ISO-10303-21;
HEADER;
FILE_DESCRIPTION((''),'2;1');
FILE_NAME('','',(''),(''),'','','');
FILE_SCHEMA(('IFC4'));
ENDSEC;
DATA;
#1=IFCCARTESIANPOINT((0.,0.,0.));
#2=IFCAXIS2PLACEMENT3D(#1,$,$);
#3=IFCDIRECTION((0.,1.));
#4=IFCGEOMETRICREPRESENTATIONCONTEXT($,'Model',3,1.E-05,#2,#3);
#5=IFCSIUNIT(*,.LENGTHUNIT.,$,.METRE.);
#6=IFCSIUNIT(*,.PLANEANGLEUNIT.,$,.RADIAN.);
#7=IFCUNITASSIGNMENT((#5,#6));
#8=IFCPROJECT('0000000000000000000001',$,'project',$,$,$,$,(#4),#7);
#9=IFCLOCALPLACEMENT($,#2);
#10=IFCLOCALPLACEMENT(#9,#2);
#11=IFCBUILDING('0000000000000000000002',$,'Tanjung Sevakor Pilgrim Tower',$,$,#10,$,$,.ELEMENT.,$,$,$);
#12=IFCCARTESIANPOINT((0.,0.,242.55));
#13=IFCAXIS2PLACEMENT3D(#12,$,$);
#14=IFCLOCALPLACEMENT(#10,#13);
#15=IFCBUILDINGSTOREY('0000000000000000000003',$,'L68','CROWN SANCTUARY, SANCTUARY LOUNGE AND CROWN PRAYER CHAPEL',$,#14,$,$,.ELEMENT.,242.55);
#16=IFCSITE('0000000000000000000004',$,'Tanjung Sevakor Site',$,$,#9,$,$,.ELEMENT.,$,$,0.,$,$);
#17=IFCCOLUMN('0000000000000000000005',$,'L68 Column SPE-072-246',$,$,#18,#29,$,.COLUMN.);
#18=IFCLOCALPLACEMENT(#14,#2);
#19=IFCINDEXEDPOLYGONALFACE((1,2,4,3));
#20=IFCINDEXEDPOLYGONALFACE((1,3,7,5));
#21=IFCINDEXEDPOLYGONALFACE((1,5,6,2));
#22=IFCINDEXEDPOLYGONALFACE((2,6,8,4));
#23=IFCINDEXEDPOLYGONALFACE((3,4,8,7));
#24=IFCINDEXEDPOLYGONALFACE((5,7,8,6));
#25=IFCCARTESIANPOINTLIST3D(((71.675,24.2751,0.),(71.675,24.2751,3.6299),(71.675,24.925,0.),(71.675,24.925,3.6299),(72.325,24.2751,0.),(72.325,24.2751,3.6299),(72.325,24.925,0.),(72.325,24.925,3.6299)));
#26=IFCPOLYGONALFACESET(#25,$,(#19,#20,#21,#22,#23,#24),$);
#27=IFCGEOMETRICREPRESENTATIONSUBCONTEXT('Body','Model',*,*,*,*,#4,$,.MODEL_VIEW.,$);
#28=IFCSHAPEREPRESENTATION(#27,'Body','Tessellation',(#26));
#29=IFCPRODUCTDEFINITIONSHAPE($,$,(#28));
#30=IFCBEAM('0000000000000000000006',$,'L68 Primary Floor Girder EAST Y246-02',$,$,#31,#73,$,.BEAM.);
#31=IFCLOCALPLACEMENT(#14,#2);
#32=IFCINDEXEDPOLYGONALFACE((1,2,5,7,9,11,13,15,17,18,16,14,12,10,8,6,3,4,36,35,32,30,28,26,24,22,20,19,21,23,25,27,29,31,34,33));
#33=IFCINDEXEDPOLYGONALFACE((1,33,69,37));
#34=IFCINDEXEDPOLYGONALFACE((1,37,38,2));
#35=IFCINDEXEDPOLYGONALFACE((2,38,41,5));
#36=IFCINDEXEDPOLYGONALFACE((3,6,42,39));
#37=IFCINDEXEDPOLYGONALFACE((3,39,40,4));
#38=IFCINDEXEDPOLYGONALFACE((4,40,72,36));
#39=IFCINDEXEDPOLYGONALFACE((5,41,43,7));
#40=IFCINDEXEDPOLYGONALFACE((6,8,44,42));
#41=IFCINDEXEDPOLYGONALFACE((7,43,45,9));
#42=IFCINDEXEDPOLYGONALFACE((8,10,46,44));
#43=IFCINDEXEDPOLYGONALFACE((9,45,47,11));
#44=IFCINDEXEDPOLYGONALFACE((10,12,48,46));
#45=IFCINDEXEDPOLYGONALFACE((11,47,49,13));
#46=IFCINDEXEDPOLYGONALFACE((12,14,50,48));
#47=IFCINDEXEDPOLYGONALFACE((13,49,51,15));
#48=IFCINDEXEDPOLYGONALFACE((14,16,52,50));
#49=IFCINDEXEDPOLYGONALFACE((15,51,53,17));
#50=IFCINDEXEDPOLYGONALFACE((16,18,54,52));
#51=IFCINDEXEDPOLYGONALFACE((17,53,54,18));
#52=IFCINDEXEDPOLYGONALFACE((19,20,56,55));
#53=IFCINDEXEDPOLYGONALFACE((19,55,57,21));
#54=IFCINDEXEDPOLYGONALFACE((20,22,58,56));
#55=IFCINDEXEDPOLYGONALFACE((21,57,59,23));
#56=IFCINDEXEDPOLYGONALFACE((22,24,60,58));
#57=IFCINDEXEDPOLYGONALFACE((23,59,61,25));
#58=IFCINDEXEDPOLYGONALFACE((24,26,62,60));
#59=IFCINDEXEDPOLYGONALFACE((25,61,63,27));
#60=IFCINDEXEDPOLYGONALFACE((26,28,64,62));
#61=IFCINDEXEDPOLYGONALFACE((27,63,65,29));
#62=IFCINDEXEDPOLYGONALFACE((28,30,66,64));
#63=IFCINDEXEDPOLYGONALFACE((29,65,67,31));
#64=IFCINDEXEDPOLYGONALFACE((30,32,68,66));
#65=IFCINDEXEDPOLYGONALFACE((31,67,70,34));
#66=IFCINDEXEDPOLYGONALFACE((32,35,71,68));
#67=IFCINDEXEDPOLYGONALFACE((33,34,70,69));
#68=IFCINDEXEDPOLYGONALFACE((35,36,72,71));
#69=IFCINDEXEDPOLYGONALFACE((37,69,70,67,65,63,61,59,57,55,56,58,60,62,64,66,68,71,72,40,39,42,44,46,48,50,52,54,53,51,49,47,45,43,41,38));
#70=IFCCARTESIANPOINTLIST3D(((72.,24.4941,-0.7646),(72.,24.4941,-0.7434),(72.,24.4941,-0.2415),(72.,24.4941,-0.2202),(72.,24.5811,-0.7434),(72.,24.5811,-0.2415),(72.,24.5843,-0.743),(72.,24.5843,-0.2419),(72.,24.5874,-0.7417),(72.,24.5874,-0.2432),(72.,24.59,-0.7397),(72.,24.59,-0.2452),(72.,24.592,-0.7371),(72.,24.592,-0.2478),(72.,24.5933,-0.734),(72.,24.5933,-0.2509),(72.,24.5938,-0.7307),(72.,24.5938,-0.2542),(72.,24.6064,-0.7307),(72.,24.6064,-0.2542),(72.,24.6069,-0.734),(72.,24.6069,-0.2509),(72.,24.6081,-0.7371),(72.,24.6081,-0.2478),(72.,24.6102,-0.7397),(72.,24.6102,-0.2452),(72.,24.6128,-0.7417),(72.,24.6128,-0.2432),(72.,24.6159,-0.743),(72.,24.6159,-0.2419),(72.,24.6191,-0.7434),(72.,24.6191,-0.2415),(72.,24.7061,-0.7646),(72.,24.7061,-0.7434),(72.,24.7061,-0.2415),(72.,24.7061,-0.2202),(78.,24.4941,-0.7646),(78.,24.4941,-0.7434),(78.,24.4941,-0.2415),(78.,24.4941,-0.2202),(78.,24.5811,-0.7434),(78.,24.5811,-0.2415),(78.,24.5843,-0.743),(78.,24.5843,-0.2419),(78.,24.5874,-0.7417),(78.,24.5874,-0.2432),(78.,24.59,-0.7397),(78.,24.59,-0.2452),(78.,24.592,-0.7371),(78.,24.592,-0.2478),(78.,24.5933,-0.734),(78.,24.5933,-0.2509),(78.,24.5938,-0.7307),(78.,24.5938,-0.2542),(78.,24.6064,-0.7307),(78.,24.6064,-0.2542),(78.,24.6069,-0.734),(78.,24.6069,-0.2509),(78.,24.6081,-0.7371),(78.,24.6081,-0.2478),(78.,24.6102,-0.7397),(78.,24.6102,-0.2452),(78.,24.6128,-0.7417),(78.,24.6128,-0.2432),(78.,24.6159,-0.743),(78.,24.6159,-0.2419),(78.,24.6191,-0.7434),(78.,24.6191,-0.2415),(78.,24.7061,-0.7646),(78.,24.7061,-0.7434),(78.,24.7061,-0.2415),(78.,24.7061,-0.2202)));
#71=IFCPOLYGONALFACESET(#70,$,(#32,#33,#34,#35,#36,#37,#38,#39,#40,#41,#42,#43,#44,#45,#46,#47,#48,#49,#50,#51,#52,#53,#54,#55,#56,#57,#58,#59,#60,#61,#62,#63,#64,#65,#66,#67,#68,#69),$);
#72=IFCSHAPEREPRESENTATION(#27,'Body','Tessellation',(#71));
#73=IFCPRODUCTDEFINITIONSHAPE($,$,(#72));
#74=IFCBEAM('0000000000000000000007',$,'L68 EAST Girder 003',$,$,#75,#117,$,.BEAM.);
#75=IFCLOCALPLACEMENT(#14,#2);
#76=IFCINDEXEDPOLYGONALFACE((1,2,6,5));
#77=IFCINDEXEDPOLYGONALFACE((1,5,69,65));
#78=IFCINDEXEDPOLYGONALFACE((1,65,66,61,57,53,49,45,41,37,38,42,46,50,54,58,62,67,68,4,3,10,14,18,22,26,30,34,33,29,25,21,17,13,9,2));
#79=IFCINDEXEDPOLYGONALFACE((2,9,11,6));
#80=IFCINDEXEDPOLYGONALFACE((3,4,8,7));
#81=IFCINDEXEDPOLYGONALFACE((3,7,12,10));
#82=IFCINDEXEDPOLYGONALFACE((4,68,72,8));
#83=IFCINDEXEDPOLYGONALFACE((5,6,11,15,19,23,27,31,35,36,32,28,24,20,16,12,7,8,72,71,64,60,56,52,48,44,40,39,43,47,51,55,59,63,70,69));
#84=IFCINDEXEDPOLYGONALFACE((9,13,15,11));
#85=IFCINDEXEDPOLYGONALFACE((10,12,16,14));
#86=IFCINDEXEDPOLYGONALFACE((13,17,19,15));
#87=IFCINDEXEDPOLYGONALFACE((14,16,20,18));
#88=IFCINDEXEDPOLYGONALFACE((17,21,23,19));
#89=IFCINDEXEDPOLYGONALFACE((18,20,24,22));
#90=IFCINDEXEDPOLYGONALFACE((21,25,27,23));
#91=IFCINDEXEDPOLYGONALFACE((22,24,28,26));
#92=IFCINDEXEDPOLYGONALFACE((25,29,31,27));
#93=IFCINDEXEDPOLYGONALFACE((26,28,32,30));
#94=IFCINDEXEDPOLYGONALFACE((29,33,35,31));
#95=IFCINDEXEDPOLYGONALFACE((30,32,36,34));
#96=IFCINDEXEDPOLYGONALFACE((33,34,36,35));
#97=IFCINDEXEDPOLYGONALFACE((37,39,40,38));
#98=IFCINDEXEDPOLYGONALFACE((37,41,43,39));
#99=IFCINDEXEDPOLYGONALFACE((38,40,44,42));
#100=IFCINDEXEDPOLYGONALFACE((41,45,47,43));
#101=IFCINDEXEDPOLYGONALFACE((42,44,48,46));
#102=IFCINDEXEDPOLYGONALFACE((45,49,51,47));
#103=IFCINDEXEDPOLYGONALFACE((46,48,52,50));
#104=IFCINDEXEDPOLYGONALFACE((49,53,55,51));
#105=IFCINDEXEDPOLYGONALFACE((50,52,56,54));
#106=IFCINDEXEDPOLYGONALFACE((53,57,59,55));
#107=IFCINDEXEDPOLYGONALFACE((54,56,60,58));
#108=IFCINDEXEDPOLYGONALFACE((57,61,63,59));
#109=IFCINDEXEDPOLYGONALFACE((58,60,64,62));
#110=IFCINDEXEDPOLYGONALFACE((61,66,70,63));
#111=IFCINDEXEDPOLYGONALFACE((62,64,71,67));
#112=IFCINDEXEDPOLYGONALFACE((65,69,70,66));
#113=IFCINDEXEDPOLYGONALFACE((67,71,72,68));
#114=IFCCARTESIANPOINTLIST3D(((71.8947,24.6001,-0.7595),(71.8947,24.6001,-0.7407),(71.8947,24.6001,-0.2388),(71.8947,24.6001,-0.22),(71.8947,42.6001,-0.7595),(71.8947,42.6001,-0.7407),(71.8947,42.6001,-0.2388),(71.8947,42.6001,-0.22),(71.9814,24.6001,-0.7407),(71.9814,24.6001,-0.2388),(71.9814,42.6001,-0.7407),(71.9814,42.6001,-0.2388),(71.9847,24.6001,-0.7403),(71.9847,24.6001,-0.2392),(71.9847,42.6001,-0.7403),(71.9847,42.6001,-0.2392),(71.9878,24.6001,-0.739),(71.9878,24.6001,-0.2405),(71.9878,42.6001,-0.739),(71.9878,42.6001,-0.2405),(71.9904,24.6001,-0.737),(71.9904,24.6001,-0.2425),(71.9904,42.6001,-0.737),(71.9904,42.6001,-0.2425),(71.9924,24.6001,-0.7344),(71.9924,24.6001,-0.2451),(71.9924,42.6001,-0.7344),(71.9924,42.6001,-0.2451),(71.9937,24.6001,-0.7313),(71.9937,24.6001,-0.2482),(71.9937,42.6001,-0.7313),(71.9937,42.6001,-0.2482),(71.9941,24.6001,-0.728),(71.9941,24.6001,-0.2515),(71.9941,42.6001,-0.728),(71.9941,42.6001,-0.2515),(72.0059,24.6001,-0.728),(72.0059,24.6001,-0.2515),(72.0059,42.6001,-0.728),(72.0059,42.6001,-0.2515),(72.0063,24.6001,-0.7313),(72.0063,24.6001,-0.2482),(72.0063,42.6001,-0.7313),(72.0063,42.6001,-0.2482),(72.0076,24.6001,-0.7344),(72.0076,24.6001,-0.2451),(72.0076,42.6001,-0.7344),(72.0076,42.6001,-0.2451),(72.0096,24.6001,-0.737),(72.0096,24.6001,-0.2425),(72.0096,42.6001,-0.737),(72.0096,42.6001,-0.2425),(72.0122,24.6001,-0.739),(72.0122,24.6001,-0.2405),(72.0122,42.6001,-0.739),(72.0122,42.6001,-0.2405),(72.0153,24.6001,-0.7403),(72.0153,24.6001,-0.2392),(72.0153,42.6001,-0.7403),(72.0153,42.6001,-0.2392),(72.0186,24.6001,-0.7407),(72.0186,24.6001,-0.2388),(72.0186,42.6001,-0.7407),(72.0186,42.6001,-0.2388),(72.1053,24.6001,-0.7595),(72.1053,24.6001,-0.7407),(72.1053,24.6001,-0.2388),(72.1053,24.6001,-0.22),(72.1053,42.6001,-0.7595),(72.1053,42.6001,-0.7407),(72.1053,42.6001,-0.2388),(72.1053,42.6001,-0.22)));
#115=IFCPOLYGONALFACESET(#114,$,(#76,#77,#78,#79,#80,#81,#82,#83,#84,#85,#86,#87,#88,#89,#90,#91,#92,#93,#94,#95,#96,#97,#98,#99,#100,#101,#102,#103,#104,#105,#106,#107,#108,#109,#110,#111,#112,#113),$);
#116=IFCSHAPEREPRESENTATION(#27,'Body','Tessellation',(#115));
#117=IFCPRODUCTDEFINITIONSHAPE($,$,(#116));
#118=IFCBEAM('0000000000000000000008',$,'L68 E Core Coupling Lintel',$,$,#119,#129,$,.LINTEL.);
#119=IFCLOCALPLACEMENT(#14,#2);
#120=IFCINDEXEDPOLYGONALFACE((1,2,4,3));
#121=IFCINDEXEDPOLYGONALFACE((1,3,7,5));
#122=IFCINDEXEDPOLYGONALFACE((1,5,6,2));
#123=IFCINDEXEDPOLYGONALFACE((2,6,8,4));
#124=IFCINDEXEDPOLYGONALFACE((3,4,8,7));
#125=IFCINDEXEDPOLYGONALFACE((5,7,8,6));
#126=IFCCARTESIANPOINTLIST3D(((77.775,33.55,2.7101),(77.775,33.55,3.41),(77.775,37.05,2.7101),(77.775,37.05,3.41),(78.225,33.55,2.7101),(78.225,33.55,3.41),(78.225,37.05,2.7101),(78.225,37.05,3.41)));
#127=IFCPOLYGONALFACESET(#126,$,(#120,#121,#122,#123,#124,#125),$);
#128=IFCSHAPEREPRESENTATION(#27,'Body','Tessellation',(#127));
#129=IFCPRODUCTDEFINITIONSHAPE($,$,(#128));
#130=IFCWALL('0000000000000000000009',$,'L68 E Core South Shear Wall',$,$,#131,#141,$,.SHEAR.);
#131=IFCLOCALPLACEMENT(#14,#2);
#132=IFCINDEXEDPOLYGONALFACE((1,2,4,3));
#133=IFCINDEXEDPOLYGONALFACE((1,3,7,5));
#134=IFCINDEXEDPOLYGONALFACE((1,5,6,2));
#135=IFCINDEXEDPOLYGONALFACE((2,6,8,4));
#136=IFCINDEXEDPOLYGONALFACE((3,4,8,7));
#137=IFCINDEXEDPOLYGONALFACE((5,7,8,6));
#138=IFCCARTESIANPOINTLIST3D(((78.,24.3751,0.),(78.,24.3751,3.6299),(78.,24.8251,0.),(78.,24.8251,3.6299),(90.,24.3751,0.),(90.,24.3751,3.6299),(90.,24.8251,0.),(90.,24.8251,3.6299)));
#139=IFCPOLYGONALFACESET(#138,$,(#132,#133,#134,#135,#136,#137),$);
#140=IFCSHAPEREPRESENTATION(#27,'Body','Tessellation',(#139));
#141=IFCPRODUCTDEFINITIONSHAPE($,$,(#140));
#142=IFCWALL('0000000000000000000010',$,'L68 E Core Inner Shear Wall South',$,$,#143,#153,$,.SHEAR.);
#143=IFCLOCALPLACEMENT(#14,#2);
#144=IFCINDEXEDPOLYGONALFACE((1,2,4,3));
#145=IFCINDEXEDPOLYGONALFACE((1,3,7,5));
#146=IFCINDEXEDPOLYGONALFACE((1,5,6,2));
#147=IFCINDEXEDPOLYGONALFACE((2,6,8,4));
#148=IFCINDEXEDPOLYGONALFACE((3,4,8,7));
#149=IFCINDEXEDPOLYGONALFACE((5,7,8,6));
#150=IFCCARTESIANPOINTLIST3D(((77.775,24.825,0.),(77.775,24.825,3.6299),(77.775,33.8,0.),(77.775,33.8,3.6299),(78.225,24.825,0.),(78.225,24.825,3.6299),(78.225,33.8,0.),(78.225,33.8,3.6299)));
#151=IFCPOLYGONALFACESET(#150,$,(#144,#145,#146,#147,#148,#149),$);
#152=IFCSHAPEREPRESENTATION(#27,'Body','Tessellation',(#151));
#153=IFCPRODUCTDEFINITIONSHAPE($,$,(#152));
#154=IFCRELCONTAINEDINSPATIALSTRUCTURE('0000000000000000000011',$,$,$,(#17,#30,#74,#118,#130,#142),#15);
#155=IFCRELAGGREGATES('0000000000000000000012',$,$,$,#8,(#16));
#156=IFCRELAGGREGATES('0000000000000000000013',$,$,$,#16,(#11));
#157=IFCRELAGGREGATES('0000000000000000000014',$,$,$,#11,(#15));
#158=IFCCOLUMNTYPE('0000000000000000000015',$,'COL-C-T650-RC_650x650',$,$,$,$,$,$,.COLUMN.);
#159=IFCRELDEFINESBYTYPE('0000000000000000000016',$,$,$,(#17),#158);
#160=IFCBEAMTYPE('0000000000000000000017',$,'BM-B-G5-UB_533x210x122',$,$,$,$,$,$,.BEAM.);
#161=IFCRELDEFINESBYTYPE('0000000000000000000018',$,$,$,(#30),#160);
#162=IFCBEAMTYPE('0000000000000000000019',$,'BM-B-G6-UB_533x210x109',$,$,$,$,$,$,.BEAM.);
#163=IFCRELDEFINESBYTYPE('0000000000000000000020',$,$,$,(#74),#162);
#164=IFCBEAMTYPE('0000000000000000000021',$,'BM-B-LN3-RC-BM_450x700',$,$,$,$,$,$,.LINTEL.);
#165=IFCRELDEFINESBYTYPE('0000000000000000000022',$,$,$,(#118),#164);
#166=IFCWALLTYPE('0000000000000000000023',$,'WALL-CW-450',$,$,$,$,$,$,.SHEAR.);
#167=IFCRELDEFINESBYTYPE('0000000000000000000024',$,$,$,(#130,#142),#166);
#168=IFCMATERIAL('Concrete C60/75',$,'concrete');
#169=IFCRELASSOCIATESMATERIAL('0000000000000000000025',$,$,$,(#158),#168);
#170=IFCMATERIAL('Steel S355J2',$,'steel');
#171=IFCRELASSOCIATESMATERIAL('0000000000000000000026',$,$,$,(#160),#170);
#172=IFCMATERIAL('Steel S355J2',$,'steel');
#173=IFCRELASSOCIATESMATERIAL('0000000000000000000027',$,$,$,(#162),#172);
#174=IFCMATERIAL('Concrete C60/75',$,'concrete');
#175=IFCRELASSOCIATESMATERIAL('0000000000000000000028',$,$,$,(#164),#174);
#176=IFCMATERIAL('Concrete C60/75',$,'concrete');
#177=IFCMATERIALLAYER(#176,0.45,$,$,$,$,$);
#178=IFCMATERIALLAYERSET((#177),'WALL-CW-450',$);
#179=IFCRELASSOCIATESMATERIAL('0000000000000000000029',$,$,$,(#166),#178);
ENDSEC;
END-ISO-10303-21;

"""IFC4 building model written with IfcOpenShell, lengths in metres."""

from ifc_helpers import new_model, si_unit, direction, frame, frame_2d, origin, origin_2d, place, context, subcontext, project, spatial, rectangle, i_section, extrude, material, layer, layer_set, material_profile, profile_set, type_object, element, save


model = new_model("IFC4")

# Units and contexts
model_context = context("Model", 3, precision=1e-05, world=origin(), true_north=direction((0.0, 1.0)))
body_context = subcontext(model_context, "Body", "Model", "MODEL_VIEW")
ifc_project = project(units=[si_unit("LENGTHUNIT", "METRE"), si_unit("PLANEANGLEUNIT", "RADIAN")], contexts=[model_context])

# Site, building, storey
site_placement = place(None, origin())
site = spatial("IfcSite", under=ifc_project, at=site_placement, Name="Tanjung Sevakor Site", CompositionType="ELEMENT", RefElevation=0.0)
building_placement = place(site_placement, origin())
building = spatial("IfcBuilding", under=site, at=building_placement, Name="Tanjung Sevakor Pilgrim Tower", CompositionType="ELEMENT")
storey_placement = place(building_placement, frame((0.0, 0.0, 242.55)))
storey = spatial("IfcBuildingStorey", under=building, at=storey_placement, Name="L68", Description="CROWN SANCTUARY, SANCTUARY LOUNGE AND CROWN PRAYER CHAPEL", CompositionType="ELEMENT", Elevation=242.55)

# Column
ifc_material_1 = material(Name="Concrete C60/75", Category="concrete")
ifc_material_profile_1 = material_profile(ifc_material_1, rectangle(XDim=0.6499, YDim=0.6499, at=origin_2d()))
ifc_profile_set_1 = profile_set([ifc_material_profile_1], Name="Concrete C60/75")
column_type = type_object("IfcColumnType", Name="COL-C-T650-RC_650x650", PredefinedType="COLUMN", material=ifc_profile_set_1)
column_placement = place(storey_placement, frame((72.0, 24.6001, 0.0), z_axis=(0.0, 0.0, 1.0), x_axis=(1.0, 0.0, 0.0)))
element("IfcColumn", 1, at=column_placement, inside=storey, type_object=column_type, Name="L68 Column SPE-072-246", PredefinedType="COLUMN", context=body_context, shape_type="SweptSolid", body=[
    extrude(rectangle(XDim=0.6499, YDim=0.6499, at=origin_2d()), origin(), (0.0, 0.0, 1.0), 3.6299),
])

# Beams
ifc_material_2 = material(Name="Steel S355J2", Category="steel")
ifc_material_profile_2 = material_profile(ifc_material_2, i_section(OverallWidth=0.2119, OverallDepth=0.5444, WebThickness=0.0127, FlangeThickness=0.0212, FilletRadius=0.0127, at=origin_2d()))
ifc_profile_set_2 = profile_set([ifc_material_profile_2], Name="Steel S355J2")
beam_type_1 = type_object("IfcBeamType", Name="BM-B-G5-UB_533x210x122", PredefinedType="BEAM", material=ifc_profile_set_2)
beam_1_placement = place(storey_placement, frame((72.0, 24.6001, -0.4924), z_axis=(1.0, 0.0, 0.0), x_axis=(0.0, 1.0, 0.0)))
element("IfcBeam", 2, at=beam_1_placement, inside=storey, type_object=beam_type_1, Name="L68 Primary Floor Girder EAST Y246-02", PredefinedType="BEAM", context=body_context, shape_type="SweptSolid", body=[
    extrude(i_section(OverallWidth=0.2119, OverallDepth=0.5444, WebThickness=0.0127, FlangeThickness=0.0212, FilletRadius=0.0127, at=origin_2d()), origin(), (0.0, 0.0, 1.0), 6.0),
])
ifc_material_3 = material(Name="Steel S355J2", Category="steel")
ifc_material_profile_3 = material_profile(ifc_material_3, i_section(OverallWidth=0.2107, OverallDepth=0.5396, WebThickness=0.0117, FlangeThickness=0.0188, FilletRadius=0.0127, at=origin_2d()))
ifc_profile_set_3 = profile_set([ifc_material_profile_3], Name="Steel S355J2")
beam_type_2 = type_object("IfcBeamType", Name="BM-B-G6-UB_533x210x109", PredefinedType="BEAM", material=ifc_profile_set_3)
beam_2_placement = place(storey_placement, frame((72.0, 24.6001, -0.4897), z_axis=(0.0, 1.0, 0.0), x_axis=(-1.0, 0.0, 0.0)))
element("IfcBeam", 3, at=beam_2_placement, inside=storey, type_object=beam_type_2, Name="L68 EAST Girder 003", PredefinedType="BEAM", context=body_context, shape_type="SweptSolid", body=[
    extrude(i_section(OverallWidth=0.2107, OverallDepth=0.5396, WebThickness=0.0117, FlangeThickness=0.0188, FilletRadius=0.0127, at=origin_2d()), origin(), (0.0, 0.0, 1.0), 18.0),
])
ifc_material_4 = material(Name="Concrete C60/75", Category="concrete")
ifc_material_profile_4 = material_profile(ifc_material_4, rectangle(XDim=0.45, YDim=0.7, at=origin_2d()))
ifc_profile_set_4 = profile_set([ifc_material_profile_4], Name="Concrete C60/75")
beam_type_3 = type_object("IfcBeamType", Name="BM-B-LN3-RC-BM_450x700", PredefinedType="LINTEL", material=ifc_profile_set_4)
beam_3_placement = place(storey_placement, frame((78.0, 33.55, 3.0601), z_axis=(0.0, 1.0, 0.0), x_axis=(-1.0, 0.0, 0.0)))
element("IfcBeam", 4, at=beam_3_placement, inside=storey, type_object=beam_type_3, Name="L68 E Core Coupling Lintel", PredefinedType="LINTEL", context=body_context, shape_type="SweptSolid", body=[
    extrude(rectangle(XDim=0.45, YDim=0.7, at=origin_2d()), origin(), (0.0, 0.0, 1.0), 3.5),
])

# Walls
ifc_material_5 = material(Name="Concrete C60/75", Category="concrete")
ifc_layer_1 = layer(ifc_material_5, 0.45)
ifc_layer_set_1 = layer_set([ifc_layer_1], Name="WALL-CW-450")
wall_type_1 = type_object("IfcWallType", Name="WALL-CW-450", PredefinedType="SHEAR", material=ifc_layer_set_1)
wall_1_placement = place(storey_placement, frame((78.0, 24.6001, 0.0), z_axis=(0.0, 0.0, 1.0), x_axis=(1.0, 0.0, 0.0)))
element("IfcWall", 5, at=wall_1_placement, inside=storey, type_object=wall_type_1, Name="L68 E Core South Shear Wall", PredefinedType="SHEAR", context=body_context, shape_type="SweptSolid", body=[
    extrude(rectangle(XDim=12.0, YDim=0.45, at=frame_2d((6.0, 0.0))), origin(), (0.0, 0.0, 1.0), 3.6299),
])
wall_2_placement = place(storey_placement, frame((78.0, 24.825, 0.0), z_axis=(0.0, 0.0, 1.0), x_axis=(0.0, 1.0, 0.0)))
element("IfcWall", 6, at=wall_2_placement, inside=storey, type_object=wall_type_1, Name="L68 E Core Inner Shear Wall South", PredefinedType="SHEAR", context=body_context, shape_type="SweptSolid", body=[
    extrude(rectangle(XDim=8.9751, YDim=0.45, at=frame_2d((4.4875, 0.0))), origin(), (0.0, 0.0, 1.0), 3.6299),
])

save(model, "model.ifc")
